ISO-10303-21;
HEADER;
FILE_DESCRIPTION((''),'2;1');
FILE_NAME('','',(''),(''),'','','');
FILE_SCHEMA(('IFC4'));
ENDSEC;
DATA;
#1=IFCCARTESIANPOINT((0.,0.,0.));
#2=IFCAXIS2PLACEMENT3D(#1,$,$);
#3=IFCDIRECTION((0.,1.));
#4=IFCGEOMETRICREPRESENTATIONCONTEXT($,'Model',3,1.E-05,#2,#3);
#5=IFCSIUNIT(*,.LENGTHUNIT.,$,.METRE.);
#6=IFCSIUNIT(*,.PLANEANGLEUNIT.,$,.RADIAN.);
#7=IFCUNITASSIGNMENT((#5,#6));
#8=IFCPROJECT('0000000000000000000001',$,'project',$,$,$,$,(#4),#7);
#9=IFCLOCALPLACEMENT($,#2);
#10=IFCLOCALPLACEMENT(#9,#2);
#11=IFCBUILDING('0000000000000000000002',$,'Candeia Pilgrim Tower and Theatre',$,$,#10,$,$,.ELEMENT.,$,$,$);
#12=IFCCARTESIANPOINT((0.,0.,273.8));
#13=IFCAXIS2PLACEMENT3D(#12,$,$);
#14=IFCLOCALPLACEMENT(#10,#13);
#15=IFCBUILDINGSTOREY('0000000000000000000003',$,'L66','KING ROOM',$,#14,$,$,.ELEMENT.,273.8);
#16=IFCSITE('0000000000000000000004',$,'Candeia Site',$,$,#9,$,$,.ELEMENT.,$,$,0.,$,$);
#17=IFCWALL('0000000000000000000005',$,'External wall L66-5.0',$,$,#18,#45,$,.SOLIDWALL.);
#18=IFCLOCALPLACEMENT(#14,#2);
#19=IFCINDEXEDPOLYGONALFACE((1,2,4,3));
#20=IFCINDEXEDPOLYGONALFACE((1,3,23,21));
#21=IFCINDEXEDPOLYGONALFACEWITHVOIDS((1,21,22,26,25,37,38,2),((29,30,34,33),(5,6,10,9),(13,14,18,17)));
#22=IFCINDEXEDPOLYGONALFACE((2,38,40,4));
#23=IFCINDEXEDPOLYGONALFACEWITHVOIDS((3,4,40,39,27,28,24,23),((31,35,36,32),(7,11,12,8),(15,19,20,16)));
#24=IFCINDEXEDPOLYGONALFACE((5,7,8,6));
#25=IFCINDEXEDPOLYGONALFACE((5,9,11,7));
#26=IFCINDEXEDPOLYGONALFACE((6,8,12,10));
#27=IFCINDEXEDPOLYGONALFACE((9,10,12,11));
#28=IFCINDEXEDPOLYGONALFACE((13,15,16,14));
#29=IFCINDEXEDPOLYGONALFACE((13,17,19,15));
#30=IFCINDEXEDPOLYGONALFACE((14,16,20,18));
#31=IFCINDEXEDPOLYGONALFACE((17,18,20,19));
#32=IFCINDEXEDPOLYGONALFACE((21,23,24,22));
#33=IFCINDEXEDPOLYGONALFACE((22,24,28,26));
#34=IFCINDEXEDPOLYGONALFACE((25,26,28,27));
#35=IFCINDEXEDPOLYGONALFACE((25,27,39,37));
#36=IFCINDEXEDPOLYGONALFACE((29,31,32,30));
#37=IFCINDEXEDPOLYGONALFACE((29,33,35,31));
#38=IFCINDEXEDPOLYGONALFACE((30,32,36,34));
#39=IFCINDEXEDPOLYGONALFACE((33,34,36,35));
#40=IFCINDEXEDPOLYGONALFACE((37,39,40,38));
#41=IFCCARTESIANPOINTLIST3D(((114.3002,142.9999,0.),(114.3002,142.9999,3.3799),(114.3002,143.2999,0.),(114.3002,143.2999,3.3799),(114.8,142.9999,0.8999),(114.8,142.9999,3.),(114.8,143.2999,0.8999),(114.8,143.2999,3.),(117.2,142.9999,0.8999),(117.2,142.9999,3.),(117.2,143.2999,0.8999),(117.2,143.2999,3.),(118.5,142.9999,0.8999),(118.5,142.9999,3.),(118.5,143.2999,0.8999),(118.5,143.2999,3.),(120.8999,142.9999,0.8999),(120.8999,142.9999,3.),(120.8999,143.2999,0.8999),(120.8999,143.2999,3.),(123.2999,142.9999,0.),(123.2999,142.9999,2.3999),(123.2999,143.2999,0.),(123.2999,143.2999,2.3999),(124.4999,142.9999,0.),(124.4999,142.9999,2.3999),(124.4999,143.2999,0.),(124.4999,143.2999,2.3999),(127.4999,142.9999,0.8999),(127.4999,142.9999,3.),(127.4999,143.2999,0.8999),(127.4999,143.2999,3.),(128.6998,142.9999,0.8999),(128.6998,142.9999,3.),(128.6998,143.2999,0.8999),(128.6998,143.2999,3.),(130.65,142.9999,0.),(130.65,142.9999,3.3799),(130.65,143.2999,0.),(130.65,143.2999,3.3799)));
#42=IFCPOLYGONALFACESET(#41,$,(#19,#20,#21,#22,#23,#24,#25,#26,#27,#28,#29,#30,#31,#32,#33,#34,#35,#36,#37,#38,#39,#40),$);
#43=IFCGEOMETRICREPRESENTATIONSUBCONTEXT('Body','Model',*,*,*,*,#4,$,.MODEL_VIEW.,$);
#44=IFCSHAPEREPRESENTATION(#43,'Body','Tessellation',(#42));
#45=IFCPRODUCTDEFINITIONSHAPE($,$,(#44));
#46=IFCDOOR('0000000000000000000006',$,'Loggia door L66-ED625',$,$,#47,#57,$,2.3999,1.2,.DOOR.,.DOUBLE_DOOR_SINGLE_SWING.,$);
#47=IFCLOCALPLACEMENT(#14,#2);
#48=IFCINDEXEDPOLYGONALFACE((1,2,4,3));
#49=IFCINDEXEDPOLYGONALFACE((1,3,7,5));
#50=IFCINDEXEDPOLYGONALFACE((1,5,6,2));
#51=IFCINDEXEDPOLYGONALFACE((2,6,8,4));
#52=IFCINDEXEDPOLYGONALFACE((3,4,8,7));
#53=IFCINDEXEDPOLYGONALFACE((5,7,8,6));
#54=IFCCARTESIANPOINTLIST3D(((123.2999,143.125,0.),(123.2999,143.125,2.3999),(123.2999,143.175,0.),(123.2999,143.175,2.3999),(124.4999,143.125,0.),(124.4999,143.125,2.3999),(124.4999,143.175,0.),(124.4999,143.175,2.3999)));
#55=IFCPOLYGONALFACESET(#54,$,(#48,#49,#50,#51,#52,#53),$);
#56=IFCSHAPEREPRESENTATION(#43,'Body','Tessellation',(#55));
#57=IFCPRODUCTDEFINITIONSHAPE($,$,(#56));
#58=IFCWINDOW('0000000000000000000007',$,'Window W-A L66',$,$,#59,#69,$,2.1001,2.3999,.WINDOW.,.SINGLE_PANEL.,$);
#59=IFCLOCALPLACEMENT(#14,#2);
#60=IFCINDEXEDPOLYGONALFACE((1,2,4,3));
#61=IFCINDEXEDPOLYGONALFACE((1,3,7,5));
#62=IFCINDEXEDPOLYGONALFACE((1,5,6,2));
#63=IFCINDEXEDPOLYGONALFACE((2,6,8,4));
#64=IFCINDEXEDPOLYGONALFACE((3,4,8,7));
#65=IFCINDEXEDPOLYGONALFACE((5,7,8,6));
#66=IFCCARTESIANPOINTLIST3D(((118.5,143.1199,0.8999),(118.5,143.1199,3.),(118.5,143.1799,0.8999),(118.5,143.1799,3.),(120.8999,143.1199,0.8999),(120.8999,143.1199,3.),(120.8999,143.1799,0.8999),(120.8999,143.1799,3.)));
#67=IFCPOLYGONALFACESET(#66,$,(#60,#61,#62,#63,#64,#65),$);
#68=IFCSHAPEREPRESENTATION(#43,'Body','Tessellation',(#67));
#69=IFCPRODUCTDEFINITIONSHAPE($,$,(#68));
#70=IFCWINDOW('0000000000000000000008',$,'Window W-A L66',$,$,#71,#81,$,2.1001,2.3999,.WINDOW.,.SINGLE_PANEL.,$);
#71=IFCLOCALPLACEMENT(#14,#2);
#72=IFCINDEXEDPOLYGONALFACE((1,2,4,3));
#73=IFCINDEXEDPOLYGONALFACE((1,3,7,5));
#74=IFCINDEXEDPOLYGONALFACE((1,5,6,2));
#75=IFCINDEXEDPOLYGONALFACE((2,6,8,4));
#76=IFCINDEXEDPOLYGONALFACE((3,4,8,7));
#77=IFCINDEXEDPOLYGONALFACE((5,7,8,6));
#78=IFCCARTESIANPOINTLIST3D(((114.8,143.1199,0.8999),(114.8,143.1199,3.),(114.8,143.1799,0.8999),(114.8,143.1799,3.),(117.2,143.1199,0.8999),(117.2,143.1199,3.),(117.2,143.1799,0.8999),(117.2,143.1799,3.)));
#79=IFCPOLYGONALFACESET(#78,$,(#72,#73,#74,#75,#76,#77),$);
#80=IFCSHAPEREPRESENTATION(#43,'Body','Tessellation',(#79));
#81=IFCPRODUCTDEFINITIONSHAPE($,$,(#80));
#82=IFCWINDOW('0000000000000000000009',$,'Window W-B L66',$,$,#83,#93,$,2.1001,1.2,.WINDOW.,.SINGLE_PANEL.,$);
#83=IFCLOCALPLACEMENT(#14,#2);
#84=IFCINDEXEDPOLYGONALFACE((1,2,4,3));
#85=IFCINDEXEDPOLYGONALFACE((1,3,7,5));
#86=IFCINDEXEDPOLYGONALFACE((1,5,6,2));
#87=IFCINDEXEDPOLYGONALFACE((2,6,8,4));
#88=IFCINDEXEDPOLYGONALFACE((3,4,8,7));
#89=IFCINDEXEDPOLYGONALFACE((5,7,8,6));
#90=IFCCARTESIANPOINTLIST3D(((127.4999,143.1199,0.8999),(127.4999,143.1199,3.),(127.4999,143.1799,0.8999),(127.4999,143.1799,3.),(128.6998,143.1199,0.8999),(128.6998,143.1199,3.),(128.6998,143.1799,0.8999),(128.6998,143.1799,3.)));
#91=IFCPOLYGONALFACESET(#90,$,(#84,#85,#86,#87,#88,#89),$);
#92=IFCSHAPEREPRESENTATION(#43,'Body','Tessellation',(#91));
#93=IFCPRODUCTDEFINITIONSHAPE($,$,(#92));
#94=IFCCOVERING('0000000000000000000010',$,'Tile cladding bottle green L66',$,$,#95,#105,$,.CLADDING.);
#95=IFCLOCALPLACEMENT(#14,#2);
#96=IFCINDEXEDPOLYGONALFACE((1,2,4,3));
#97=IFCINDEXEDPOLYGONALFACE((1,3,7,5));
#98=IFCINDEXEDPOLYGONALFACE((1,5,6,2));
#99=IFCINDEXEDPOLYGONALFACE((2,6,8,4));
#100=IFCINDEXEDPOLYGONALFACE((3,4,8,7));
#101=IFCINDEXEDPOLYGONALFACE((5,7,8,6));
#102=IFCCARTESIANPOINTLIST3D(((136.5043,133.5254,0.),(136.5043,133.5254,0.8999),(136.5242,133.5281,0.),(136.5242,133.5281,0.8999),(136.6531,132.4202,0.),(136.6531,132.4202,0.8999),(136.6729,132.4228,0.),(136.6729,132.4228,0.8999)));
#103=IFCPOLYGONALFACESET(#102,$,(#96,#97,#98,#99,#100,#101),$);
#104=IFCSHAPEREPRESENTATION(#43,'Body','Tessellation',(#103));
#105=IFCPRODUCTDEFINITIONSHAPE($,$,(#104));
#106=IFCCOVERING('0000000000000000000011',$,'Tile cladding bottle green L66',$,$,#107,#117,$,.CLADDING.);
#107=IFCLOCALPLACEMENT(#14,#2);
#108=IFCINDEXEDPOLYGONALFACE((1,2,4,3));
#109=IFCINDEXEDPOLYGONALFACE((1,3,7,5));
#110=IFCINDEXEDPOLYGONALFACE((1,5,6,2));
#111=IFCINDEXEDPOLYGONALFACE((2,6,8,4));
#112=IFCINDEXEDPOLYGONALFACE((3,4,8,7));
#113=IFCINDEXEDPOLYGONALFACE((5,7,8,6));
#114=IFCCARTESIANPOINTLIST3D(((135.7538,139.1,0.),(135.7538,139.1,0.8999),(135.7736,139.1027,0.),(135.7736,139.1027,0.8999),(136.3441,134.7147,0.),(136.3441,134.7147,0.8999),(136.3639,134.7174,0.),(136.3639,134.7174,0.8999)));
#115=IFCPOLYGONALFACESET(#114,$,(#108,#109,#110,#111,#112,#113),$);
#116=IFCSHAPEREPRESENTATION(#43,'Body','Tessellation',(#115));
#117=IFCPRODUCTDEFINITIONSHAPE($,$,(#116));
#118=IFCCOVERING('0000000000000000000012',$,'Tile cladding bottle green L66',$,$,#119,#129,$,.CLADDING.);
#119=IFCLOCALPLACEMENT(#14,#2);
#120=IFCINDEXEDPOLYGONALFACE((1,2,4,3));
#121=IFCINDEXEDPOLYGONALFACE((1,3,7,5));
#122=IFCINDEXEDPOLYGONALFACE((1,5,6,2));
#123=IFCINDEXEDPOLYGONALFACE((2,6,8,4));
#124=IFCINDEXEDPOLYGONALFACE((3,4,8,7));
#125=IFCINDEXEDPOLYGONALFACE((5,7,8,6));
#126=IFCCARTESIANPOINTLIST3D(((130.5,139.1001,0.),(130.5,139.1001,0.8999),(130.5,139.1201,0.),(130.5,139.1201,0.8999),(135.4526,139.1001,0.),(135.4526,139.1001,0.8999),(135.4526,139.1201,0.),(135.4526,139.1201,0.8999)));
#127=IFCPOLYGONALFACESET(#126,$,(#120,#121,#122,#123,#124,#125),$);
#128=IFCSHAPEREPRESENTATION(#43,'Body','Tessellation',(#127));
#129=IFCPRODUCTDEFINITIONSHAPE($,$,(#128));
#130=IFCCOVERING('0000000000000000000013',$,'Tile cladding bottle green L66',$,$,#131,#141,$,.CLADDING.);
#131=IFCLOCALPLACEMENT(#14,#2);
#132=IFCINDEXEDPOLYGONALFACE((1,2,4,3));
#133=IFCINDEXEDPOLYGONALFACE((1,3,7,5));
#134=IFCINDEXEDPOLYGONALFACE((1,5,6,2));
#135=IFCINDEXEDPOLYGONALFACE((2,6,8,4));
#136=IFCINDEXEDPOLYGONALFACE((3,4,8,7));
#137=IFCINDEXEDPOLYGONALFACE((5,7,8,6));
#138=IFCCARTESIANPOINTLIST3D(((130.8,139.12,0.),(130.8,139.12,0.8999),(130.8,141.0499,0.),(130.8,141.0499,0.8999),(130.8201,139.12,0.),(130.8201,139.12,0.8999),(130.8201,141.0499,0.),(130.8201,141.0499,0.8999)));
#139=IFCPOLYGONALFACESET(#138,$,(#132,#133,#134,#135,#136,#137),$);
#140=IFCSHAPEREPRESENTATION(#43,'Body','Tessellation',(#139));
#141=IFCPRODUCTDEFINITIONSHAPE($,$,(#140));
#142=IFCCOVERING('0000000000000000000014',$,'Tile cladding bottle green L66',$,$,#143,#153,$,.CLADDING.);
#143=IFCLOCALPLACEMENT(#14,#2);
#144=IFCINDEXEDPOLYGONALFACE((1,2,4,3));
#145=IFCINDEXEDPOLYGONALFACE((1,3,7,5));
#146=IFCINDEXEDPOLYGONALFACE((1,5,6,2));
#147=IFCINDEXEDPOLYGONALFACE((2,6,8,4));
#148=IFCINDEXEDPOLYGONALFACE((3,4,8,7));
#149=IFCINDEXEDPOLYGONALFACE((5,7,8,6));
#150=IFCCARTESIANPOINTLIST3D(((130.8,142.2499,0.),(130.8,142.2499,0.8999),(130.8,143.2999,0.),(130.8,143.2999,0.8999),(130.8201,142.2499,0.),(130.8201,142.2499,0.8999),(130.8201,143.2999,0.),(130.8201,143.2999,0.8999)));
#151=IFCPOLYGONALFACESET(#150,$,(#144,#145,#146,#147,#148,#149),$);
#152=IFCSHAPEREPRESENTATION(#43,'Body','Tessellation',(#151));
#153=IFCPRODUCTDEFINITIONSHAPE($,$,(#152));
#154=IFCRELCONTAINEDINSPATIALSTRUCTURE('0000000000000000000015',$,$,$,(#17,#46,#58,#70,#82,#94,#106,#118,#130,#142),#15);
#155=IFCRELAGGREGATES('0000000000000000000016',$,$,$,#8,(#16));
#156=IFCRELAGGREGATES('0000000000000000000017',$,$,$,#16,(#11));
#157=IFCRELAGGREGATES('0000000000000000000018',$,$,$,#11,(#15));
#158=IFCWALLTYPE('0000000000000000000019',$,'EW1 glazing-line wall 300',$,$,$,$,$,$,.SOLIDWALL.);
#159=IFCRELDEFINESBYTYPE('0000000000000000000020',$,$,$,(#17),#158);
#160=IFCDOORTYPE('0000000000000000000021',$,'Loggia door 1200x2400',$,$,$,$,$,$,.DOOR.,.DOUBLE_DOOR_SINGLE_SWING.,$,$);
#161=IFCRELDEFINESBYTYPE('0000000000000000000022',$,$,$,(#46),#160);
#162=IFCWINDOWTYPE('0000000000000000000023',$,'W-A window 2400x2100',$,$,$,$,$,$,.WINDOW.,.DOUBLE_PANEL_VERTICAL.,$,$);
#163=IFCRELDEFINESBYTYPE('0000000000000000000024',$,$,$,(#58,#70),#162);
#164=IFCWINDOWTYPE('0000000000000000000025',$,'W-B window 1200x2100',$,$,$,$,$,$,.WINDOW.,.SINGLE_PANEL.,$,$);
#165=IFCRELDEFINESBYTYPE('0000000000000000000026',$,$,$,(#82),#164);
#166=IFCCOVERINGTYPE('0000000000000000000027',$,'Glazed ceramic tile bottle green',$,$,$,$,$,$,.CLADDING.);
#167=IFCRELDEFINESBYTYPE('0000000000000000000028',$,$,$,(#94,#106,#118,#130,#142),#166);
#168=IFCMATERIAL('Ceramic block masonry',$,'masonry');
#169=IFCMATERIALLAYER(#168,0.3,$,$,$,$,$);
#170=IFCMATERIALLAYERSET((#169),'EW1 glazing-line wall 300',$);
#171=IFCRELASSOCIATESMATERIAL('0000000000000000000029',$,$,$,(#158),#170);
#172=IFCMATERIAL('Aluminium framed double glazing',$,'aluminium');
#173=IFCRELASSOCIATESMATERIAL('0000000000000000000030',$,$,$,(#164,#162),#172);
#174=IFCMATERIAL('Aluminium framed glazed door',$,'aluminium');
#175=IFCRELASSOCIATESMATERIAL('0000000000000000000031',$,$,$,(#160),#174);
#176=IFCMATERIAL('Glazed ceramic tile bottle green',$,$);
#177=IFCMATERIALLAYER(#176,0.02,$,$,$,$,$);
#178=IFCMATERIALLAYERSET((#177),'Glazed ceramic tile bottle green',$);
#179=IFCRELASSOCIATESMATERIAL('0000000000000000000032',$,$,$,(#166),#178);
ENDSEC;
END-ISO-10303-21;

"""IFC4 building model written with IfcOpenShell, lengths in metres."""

from ifc_helpers import new_model, si_unit, direction, frame, frame_2d, origin, origin_2d, place, context, subcontext, project, spatial, rectangle, extrude, material, layer, layer_set, type_object, element, fill, save


model = new_model("IFC4")

# Units and contexts
model_context = context("Model", 3, precision=1e-05, world=origin(), true_north=direction((0.0, 1.0)))
body_context = subcontext(model_context, "Body", "Model", "MODEL_VIEW")
ifc_project = project(units=[si_unit("LENGTHUNIT", "METRE"), si_unit("PLANEANGLEUNIT", "RADIAN")], contexts=[model_context])

# Site, building, storey
site_placement = place(None, origin())
site = spatial("IfcSite", under=ifc_project, at=site_placement, Name="Candeia Site", CompositionType="ELEMENT", RefElevation=0.0)
building_placement = place(site_placement, origin())
building = spatial("IfcBuilding", under=site, at=building_placement, Name="Candeia Pilgrim Tower and Theatre", CompositionType="ELEMENT")
storey_placement = place(building_placement, frame((0.0, 0.0, 273.8)))
storey = spatial("IfcBuildingStorey", under=building, at=storey_placement, Name="L66", Description="KING ROOM", CompositionType="ELEMENT", Elevation=273.8)

# Shared definitions
ifc_material_1 = material(Name="Ceramic block masonry", Category="masonry")
ifc_layer_1 = layer(ifc_material_1, 0.3)
ifc_layer_set_1 = layer_set([ifc_layer_1], Name="EW1 glazing-line wall 300")
wall_type = type_object("IfcWallType", Name="EW1 glazing-line wall 300", PredefinedType="SOLIDWALL", material=ifc_layer_set_1)
ifc_material_2 = material(Name="Aluminium framed double glazing", Category="aluminium")
window_type_1 = type_object("IfcWindowType", Name="W-B window 1200x2100", PartitioningType="SINGLE_PANEL", PredefinedType="WINDOW", material=ifc_material_2)

# Shared definitions
ifc_material_3 = material(Name="Aluminium framed glazed door", Category="aluminium")
door_type = type_object("IfcDoorType", Name="Loggia door 1200x2400", OperationType="DOUBLE_DOOR_SINGLE_SWING", PredefinedType="DOOR", material=ifc_material_3)

# Wall, openings, door, windows
wall_1_placement = place(storey_placement, frame((130.6499, 143.1499, 0.0), z_axis=(0.0, 0.0, 1.0), x_axis=(-1.0, 0.0, 0.0)))
wall_1 = element("IfcWall", 1, at=wall_1_placement, inside=storey, type_object=wall_type, Name="External wall L66-5.0", PredefinedType="SOLIDWALL", context=body_context, shape_type="SweptSolid", body=[
    extrude(rectangle(XDim=16.3499, YDim=0.3, at=frame_2d((8.1748, 0.0))), origin(), (0.0, 0.0, 1.0), 3.3799),
])
opening_1_placement = place(wall_1_placement, frame((1.95, 0.0, 0.8999)))
opening_1 = element("IfcOpeningElement", 2, at=opening_1_placement, cuts=wall_1, PredefinedType="OPENING", context=body_context, shape_type="SweptSolid", body=[
    extrude(rectangle(XDim=1.2, YDim=2.1001, at=frame_2d((0.6001, 1.05))), frame((0.0, 0.1602, 0.0), z_axis=(0.0, -1.0, 0.0), x_axis=(1.0, 0.0, 0.0)), (0.0, 0.0, 1.0), 0.3201),
])
opening_2_placement = place(wall_1_placement, frame((6.1499, 0.0, 0.0)))
opening_2 = element("IfcOpeningElement", 3, at=opening_2_placement, cuts=wall_1, PredefinedType="OPENING", context=body_context, shape_type="SweptSolid", body=[
    extrude(rectangle(XDim=1.2, YDim=2.3999, at=frame_2d((0.6001, 1.2))), frame((0.0, 0.1602, 0.0), z_axis=(0.0, -1.0, 0.0), x_axis=(1.0, 0.0, 0.0)), (0.0, 0.0, 1.0), 0.3201),
])
opening_3_placement = place(wall_1_placement, frame((9.75, 0.0, 0.8999)))
opening_3 = element("IfcOpeningElement", 4, at=opening_3_placement, cuts=wall_1, PredefinedType="OPENING", context=body_context, shape_type="SweptSolid", body=[
    extrude(rectangle(XDim=2.3999, YDim=2.1001, at=frame_2d((1.2, 1.05))), frame((0.0, 0.1602, 0.0), z_axis=(0.0, -1.0, 0.0), x_axis=(1.0, 0.0, 0.0)), (0.0, 0.0, 1.0), 0.3201),
])
opening_4_placement = place(wall_1_placement, frame((13.45, 0.0, 0.8999)))
opening_4 = element("IfcOpeningElement", 5, at=opening_4_placement, cuts=wall_1, PredefinedType="OPENING", context=body_context, shape_type="SweptSolid", body=[
    extrude(rectangle(XDim=2.3999, YDim=2.1001, at=frame_2d((1.2, 1.05))), frame((0.0, 0.1602, 0.0), z_axis=(0.0, -1.0, 0.0), x_axis=(1.0, 0.0, 0.0)), (0.0, 0.0, 1.0), 0.3201),
])
door_1_placement = place(opening_2_placement, origin())
door_1 = element("IfcDoor", 6, at=door_1_placement, inside=storey, type_object=door_type, Name="Loggia door L66-ED625", OperationType="DOUBLE_DOOR_SINGLE_SWING", OverallHeight=2.3999, OverallWidth=1.2, PredefinedType="DOOR", context=body_context, shape_type="SweptSolid", body=[
    extrude(rectangle(XDim=1.2, YDim=2.3999, at=frame_2d((0.6001, 1.2))), frame((0.0, 0.0249, 0.0), z_axis=(0.0, -1.0, 0.0), x_axis=(1.0, 0.0, 0.0)), (0.0, 0.0, 1.0), 0.05),
])
fill(opening_2, door_1)
window_type_2 = type_object("IfcWindowType", Name="W-A window 2400x2100", PartitioningType="DOUBLE_PANEL_VERTICAL", PredefinedType="WINDOW", material=ifc_material_2)
window_1_placement = place(opening_3_placement, origin())
window_1 = element("IfcWindow", 7, at=window_1_placement, inside=storey, type_object=window_type_2, Name="Window W-A L66", OverallHeight=2.1001, OverallWidth=2.3999, PartitioningType="SINGLE_PANEL", PredefinedType="WINDOW", context=body_context, shape_type="SweptSolid", body=[
    extrude(rectangle(XDim=2.3999, YDim=2.1001, at=frame_2d((1.2, 1.05))), frame((0.0, 0.03, 0.0), z_axis=(0.0, -1.0, 0.0), x_axis=(1.0, 0.0, 0.0)), (0.0, 0.0, 1.0), 0.0601),
])
fill(opening_3, window_1)
window_2_placement = place(opening_4_placement, origin())
window_2 = element("IfcWindow", 8, at=window_2_placement, inside=storey, type_object=window_type_2, Name="Window W-A L66", OverallHeight=2.1001, OverallWidth=2.3999, PartitioningType="SINGLE_PANEL", PredefinedType="WINDOW", context=body_context, shape_type="SweptSolid", body=[
    extrude(rectangle(XDim=2.3999, YDim=2.1001, at=frame_2d((1.2, 1.05))), frame((0.0, 0.03, 0.0), z_axis=(0.0, -1.0, 0.0), x_axis=(1.0, 0.0, 0.0)), (0.0, 0.0, 1.0), 0.0601),
])
fill(opening_4, window_2)
window_3_placement = place(opening_1_placement, origin())
window_3 = element("IfcWindow", 9, at=window_3_placement, inside=storey, type_object=window_type_1, Name="Window W-B L66", OverallHeight=2.1001, OverallWidth=1.2, PartitioningType="SINGLE_PANEL", PredefinedType="WINDOW", context=body_context, shape_type="SweptSolid", body=[
    extrude(rectangle(XDim=1.2, YDim=2.1001, at=frame_2d((0.6001, 1.05))), frame((0.0, 0.03, 0.0), z_axis=(0.0, -1.0, 0.0), x_axis=(1.0, 0.0, 0.0)), (0.0, 0.0, 1.0), 0.0601),
])
fill(opening_1, window_3)

# Coverings
ifc_material_4 = material(Name="Glazed ceramic tile bottle green")
ifc_layer_2 = layer(ifc_material_4, 0.02)
ifc_layer_set_2 = layer_set([ifc_layer_2], Name="Glazed ceramic tile bottle green")
covering_type = type_object("IfcCoveringType", Name="Glazed ceramic tile bottle green", PredefinedType="CLADDING", material=ifc_layer_set_2)
covering_1_placement = place(storey_placement, frame((136.5886, 132.9741, 0.0), z_axis=(0.0, 0.0, 1.0), x_axis=(-0.133412, 0.991061, 0.0)))
element("IfcCovering", 10, at=covering_1_placement, inside=storey, type_object=covering_type, Name="Tile cladding bottle green L66", PredefinedType="CLADDING", context=body_context, shape_type="SweptSolid", body=[
    extrude(rectangle(XDim=1.1152, YDim=0.02, at=origin_2d()), origin(), (0.0, 0.0, 1.0), 0.8999),
])
covering_2_placement = place(storey_placement, frame((136.0588, 136.9087, 0.0), z_axis=(0.0, 0.0, 1.0), x_axis=(-0.133412, 0.991061, 0.0)))
element("IfcCovering", 11, at=covering_2_placement, inside=storey, type_object=covering_type, Name="Tile cladding bottle green L66", PredefinedType="CLADDING", context=body_context, shape_type="SweptSolid", body=[
    extrude(rectangle(XDim=4.4248, YDim=0.02, at=origin_2d()), origin(), (0.0, 0.0, 1.0), 0.8999),
])
covering_3_placement = place(storey_placement, frame((132.9763, 139.1101, 0.0), z_axis=(0.0, 0.0, 1.0), x_axis=(-1.0, 0.0, 0.0)))
element("IfcCovering", 12, at=covering_3_placement, inside=storey, type_object=covering_type, Name="Tile cladding bottle green L66", PredefinedType="CLADDING", context=body_context, shape_type="SweptSolid", body=[
    extrude(rectangle(XDim=4.9526, YDim=0.02, at=origin_2d()), origin(), (0.0, 0.0, 1.0), 0.8999),
])
covering_4_placement = place(storey_placement, frame((130.8101, 140.085, 0.0), z_axis=(0.0, 0.0, 1.0), x_axis=(0.0, 1.0, 0.0)))
element("IfcCovering", 13, at=covering_4_placement, inside=storey, type_object=covering_type, Name="Tile cladding bottle green L66", PredefinedType="CLADDING", context=body_context, shape_type="SweptSolid", body=[
    extrude(rectangle(XDim=1.9299, YDim=0.02, at=origin_2d()), origin(), (0.0, 0.0, 1.0), 0.8999),
])
covering_5_placement = place(storey_placement, frame((130.8101, 142.7749, 0.0), z_axis=(0.0, 0.0, 1.0), x_axis=(0.0, 1.0, 0.0)))
element("IfcCovering", 14, at=covering_5_placement, inside=storey, type_object=covering_type, Name="Tile cladding bottle green L66", PredefinedType="CLADDING", context=body_context, shape_type="SweptSolid", body=[
    extrude(rectangle(XDim=1.05, YDim=0.02, at=origin_2d()), origin(), (0.0, 0.0, 1.0), 0.8999),
])

save(model, "model.ifc")
